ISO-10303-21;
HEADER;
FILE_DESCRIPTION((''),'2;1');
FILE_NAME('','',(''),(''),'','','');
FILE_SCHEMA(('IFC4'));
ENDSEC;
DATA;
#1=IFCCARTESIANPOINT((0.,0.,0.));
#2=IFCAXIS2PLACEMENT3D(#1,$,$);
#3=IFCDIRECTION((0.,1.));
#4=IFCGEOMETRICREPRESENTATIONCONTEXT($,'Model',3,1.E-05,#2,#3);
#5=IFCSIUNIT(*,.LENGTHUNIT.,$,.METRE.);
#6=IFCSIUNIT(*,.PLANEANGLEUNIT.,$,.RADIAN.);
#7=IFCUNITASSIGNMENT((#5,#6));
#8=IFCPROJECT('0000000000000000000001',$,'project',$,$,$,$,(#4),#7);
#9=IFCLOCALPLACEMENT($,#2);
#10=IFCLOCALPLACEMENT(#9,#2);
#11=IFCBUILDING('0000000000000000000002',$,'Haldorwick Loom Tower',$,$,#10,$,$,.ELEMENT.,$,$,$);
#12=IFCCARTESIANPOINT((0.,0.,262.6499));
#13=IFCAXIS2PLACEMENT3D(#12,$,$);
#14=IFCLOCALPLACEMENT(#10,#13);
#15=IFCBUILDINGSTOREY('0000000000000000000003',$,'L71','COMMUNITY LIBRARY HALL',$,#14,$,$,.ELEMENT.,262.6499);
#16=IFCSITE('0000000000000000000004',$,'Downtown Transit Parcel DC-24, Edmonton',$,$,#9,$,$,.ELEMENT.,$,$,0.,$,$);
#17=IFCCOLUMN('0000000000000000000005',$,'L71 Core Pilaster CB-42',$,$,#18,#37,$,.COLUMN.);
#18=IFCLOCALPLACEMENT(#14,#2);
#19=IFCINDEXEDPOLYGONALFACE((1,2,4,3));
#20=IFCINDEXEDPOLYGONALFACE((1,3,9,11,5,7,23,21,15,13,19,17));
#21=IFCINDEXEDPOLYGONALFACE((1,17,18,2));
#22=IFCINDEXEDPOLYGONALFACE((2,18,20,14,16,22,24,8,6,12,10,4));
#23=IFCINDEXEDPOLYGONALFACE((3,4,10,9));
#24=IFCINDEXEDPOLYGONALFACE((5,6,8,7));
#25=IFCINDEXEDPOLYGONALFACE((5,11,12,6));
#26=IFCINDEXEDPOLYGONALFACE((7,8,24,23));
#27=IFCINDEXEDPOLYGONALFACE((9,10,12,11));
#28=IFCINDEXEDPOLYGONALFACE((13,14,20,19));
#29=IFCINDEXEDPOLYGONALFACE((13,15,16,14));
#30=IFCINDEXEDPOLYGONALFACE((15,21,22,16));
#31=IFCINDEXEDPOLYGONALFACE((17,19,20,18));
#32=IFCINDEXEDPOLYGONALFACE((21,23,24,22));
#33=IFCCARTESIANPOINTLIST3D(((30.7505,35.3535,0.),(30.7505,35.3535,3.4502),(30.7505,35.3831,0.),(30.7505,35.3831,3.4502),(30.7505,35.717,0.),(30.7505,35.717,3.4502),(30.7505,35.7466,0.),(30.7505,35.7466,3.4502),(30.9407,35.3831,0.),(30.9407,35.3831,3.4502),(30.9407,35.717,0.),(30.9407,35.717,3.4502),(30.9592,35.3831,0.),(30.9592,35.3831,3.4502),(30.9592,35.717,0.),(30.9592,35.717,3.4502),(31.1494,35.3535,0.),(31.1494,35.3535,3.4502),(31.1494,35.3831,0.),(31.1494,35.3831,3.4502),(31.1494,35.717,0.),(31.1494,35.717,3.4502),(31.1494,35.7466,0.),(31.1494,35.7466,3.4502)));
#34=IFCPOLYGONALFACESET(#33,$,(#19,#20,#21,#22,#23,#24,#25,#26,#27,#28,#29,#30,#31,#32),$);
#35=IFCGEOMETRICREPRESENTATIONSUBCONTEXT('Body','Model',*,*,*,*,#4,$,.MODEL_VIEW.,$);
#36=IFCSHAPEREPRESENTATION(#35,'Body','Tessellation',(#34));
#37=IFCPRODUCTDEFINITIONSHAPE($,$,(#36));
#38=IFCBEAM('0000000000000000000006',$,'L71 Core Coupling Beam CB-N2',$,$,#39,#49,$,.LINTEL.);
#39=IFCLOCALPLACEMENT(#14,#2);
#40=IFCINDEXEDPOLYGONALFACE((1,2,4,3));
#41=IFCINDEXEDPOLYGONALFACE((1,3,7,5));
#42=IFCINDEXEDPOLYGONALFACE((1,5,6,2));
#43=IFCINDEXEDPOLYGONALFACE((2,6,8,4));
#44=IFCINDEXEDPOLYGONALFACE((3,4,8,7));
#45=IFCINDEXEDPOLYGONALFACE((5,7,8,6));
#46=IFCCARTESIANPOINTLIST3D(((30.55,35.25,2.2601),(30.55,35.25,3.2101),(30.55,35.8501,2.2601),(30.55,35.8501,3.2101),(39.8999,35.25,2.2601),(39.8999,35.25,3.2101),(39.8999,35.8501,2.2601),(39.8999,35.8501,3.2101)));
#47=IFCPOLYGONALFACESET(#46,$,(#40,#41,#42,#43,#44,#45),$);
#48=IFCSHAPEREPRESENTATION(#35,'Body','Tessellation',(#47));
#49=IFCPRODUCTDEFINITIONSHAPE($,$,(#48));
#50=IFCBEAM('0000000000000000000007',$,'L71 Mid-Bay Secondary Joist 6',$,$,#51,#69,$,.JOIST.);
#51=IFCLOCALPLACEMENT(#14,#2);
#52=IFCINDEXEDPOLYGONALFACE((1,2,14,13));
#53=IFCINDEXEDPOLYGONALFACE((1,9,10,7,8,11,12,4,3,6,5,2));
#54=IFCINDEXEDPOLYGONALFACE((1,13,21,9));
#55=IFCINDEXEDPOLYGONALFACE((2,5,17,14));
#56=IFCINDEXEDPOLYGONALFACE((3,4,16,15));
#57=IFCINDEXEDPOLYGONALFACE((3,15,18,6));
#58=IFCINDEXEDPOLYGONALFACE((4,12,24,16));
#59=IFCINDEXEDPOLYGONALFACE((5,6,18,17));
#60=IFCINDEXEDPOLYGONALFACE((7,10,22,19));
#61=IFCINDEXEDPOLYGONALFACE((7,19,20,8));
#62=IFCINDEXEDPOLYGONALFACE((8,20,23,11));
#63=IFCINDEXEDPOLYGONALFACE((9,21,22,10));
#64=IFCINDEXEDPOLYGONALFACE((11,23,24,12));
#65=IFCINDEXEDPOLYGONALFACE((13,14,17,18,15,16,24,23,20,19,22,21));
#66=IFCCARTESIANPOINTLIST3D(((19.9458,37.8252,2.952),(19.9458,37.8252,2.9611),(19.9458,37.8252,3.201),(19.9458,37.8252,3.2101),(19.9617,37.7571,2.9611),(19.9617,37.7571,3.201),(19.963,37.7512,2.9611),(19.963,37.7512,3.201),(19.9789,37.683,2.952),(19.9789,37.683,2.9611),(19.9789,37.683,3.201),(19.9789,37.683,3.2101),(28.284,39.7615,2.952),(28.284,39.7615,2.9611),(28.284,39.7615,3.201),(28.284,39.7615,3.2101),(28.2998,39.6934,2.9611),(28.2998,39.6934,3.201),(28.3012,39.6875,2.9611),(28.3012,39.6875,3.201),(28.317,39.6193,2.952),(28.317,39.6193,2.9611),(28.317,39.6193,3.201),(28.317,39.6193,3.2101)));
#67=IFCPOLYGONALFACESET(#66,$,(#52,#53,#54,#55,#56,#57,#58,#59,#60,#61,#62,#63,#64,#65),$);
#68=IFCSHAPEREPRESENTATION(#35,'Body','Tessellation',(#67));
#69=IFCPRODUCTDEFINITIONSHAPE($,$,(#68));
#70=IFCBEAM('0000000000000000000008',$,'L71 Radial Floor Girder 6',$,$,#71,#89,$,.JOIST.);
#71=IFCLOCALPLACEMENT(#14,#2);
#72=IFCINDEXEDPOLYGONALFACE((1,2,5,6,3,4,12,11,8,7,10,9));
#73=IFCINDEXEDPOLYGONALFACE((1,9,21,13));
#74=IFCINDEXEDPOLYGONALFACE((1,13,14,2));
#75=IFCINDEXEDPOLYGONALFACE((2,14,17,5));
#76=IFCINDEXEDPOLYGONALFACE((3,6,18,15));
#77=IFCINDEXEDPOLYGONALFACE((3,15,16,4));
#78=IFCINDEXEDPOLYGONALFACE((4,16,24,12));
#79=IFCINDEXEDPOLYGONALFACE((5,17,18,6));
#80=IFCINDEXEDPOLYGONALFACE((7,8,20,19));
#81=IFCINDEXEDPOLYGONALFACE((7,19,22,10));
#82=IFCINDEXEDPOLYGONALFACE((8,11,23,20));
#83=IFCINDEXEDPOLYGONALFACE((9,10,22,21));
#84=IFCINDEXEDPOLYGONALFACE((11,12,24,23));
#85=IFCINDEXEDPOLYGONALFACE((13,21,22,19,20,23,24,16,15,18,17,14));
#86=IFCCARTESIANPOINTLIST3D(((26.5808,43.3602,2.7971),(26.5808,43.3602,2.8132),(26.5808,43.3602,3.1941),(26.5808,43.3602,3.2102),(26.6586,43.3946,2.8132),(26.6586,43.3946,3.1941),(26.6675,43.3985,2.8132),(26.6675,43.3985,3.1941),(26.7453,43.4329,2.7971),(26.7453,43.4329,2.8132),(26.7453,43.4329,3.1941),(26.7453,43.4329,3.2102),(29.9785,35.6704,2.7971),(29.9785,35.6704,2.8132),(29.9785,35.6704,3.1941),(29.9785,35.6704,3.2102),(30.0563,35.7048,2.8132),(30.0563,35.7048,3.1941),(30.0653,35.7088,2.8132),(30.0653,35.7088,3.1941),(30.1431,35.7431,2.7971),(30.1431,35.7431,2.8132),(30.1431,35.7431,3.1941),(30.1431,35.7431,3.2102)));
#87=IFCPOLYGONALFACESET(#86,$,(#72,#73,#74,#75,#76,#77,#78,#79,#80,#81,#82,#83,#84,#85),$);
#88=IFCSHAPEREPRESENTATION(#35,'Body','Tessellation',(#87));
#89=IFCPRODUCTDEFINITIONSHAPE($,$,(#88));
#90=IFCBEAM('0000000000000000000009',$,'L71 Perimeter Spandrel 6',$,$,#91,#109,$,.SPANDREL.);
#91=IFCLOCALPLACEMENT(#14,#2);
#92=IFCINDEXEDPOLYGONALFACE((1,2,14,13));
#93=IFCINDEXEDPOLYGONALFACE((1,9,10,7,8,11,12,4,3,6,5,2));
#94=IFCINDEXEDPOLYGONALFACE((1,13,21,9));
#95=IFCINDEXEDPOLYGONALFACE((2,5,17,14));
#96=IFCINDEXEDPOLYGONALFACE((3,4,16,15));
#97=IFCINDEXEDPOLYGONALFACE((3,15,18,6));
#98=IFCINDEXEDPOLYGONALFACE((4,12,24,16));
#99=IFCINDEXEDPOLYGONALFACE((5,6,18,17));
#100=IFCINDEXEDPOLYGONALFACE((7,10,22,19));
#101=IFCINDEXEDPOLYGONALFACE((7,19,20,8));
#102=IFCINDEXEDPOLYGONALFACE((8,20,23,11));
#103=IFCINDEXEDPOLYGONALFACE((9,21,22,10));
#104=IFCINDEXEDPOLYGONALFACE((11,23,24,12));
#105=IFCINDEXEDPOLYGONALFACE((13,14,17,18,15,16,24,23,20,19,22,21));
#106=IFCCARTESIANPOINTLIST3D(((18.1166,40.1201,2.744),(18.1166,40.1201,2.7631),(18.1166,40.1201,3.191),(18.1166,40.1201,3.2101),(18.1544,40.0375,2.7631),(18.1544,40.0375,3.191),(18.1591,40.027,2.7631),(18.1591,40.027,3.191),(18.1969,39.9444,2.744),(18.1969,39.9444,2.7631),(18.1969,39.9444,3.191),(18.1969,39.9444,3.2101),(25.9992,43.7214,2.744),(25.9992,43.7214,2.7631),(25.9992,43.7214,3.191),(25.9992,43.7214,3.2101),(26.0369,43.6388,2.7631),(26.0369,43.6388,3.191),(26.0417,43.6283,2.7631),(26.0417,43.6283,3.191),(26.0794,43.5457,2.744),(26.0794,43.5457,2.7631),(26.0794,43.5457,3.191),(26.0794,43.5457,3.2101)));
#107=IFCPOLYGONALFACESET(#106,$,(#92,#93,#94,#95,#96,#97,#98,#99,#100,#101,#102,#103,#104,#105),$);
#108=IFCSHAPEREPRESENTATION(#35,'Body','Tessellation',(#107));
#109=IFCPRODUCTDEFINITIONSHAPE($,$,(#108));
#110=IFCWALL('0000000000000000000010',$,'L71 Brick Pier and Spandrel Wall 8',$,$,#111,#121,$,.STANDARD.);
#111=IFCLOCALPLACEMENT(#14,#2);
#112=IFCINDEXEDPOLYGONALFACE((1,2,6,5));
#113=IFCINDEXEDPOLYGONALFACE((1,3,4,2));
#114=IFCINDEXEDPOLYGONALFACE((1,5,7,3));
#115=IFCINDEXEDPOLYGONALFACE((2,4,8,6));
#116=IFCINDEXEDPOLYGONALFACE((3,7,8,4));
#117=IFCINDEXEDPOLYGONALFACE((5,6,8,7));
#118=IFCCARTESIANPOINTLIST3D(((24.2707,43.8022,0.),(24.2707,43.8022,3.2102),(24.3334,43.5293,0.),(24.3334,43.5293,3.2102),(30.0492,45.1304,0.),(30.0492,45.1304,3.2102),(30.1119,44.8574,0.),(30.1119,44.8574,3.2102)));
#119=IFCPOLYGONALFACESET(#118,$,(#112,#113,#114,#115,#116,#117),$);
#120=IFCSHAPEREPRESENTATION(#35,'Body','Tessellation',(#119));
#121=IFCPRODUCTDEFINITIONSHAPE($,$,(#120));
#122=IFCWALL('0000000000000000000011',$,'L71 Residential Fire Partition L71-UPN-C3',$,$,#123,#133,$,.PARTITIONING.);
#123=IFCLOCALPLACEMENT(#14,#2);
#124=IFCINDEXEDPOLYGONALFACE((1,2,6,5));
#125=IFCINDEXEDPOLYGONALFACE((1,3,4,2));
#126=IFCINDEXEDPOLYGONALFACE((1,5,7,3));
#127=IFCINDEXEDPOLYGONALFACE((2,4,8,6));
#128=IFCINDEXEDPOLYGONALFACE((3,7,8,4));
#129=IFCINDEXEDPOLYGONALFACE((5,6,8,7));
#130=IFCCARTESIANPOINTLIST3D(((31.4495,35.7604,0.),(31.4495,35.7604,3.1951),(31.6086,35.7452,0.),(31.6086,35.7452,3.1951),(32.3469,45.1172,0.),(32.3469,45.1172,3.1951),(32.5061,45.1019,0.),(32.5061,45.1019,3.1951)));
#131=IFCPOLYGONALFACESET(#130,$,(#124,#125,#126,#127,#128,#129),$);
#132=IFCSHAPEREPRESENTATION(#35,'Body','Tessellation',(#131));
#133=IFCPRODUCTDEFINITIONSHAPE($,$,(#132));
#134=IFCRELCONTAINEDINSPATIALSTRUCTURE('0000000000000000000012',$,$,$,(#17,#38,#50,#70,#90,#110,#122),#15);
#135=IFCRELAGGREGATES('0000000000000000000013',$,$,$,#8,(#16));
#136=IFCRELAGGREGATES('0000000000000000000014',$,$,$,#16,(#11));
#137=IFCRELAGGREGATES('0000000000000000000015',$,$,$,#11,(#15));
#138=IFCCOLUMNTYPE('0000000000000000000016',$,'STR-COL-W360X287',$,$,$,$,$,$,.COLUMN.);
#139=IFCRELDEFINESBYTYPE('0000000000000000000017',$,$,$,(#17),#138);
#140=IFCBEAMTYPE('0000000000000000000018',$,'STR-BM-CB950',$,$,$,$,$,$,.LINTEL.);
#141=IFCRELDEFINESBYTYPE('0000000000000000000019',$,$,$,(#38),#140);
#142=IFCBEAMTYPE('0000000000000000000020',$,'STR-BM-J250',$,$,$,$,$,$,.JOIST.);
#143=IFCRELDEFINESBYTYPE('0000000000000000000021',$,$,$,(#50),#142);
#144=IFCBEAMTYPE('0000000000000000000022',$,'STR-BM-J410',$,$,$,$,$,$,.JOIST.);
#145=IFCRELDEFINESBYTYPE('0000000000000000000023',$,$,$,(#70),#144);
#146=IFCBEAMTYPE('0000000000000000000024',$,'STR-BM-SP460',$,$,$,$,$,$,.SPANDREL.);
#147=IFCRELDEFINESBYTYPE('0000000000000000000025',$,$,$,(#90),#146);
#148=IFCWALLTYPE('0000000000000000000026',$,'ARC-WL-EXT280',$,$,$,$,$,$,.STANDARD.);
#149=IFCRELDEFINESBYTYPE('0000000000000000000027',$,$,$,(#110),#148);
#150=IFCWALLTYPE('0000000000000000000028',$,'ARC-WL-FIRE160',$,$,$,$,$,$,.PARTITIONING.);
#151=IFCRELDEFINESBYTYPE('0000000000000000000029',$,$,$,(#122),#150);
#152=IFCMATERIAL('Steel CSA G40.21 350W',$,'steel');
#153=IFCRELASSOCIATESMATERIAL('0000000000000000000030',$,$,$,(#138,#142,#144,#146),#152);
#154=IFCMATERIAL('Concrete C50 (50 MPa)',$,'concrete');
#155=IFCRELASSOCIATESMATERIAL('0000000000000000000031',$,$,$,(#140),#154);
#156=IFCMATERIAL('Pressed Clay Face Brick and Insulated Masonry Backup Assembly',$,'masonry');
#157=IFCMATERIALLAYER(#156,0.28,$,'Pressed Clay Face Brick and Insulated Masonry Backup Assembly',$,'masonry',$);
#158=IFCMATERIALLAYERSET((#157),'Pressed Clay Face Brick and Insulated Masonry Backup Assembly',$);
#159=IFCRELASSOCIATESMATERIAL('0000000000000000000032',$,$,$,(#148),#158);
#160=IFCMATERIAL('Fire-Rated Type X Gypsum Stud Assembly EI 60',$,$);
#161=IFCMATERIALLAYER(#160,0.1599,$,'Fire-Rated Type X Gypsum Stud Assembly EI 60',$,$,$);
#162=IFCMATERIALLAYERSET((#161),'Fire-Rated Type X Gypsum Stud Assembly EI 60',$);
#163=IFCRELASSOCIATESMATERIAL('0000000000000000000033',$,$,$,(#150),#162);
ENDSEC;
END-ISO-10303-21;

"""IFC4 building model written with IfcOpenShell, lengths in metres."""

from ifc_helpers import new_model, si_unit, direction, frame, frame_2d, origin, origin_2d, place, context, subcontext, project, spatial, rectangle, i_section, extrude, material, layer, layer_set, material_profile, profile_set, type_object, element, save


model = new_model("IFC4")

# Units and contexts
model_context = context("Model", 3, precision=1e-05, world=origin(), true_north=direction((0.0, 1.0)))
body_context = subcontext(model_context, "Body", "Model", "MODEL_VIEW")
ifc_project = project(units=[si_unit("LENGTHUNIT", "METRE"), si_unit("PLANEANGLEUNIT", "RADIAN")], contexts=[model_context])

# Site, building, storey
site_placement = place(None, origin())
site = spatial("IfcSite", under=ifc_project, at=site_placement, Name="Downtown Transit Parcel DC-24, Edmonton", CompositionType="ELEMENT", RefElevation=0.0)
building_placement = place(site_placement, origin())
building = spatial("IfcBuilding", under=site, at=building_placement, Name="Haldorwick Loom Tower", CompositionType="ELEMENT")
storey_placement = place(building_placement, frame((0.0, 0.0, 262.6499)))
storey = spatial("IfcBuildingStorey", under=building, at=storey_placement, Name="L71", Description="COMMUNITY LIBRARY HALL", CompositionType="ELEMENT", Elevation=262.6499)

# Column
ifc_material_1 = material(Name="Steel CSA G40.21 350W", Category="steel")
ifc_material_profile_1 = material_profile(ifc_material_1, i_section(OverallWidth=0.3989, OverallDepth=0.3931, WebThickness=0.0186, FlangeThickness=0.0295, at=origin_2d()), Name="W360X287", Category="steel")
ifc_profile_set_1 = profile_set([ifc_material_profile_1], Name="Steel CSA G40.21 350W")
column_type_1 = type_object("IfcColumnType", Name="STR-COL-W360X287", PredefinedType="COLUMN", material=ifc_profile_set_1)
for number, where, z_axis, x_axis, name in (
    (1, (30.95, 35.55, 0.0), (0.0, 0.0, 1.0), (1.0, 0.0, 0.0), "L71 Core Pilaster CB-42"),
):
    element("IfcColumn", number, at=place(storey_placement, frame(where, z_axis=z_axis, x_axis=x_axis)), inside=storey, type_object=column_type_1, Name=name, PredefinedType="COLUMN", context=body_context, shape_type="SweptSolid", body=[
        extrude(i_section(OverallWidth=0.3989, OverallDepth=0.3931, WebThickness=0.0186, FlangeThickness=0.0295, at=origin_2d()), origin(), (0.0, 0.0, 1.0), 3.4502),
    ])

# Beams
ifc_material_2 = material(Name="Concrete C50 (50 MPa)", Category="concrete")
ifc_material_profile_2 = material_profile(ifc_material_2, rectangle(XDim=0.6001, YDim=0.95, at=origin_2d()), Name="RC600X950", Category="concrete")
ifc_profile_set_2 = profile_set([ifc_material_profile_2], Name="Concrete C50 (50 MPa)")
beam_type_1 = type_object("IfcBeamType", Name="STR-BM-CB950", PredefinedType="LINTEL", material=ifc_profile_set_2)
beam_1_placement = place(storey_placement, frame((30.55, 35.55, 2.7351), z_axis=(1.0, 0.0, 0.0), x_axis=(0.0, 1.0, 0.0)))
element("IfcBeam", 2, at=beam_1_placement, inside=storey, type_object=beam_type_1, Name="L71 Core Coupling Beam CB-N2", PredefinedType="LINTEL", context=body_context, shape_type="SweptSolid", body=[
    extrude(rectangle(XDim=0.6001, YDim=0.95, at=origin_2d()), origin(), (0.0, 0.0, 1.0), 9.3499),
])
ifc_material_profile_3 = material_profile(ifc_material_1, i_section(OverallWidth=0.146, OverallDepth=0.2581, WebThickness=0.0061, FlangeThickness=0.009, at=origin_2d()), Name="W250X33", Category="steel")
ifc_profile_set_3 = profile_set([ifc_material_profile_3], Name="Steel CSA G40.21 350W")
beam_type_2 = type_object("IfcBeamType", Name="STR-BM-J250", PredefinedType="JOIST", material=ifc_profile_set_3)
beam_2_placement = place(storey_placement, frame((28.3005, 39.6904, 3.0811), z_axis=(-0.974081, -0.226201, 0.0), x_axis=(0.226201, -0.974081, 0.0)))
element("IfcBeam", 3, at=beam_2_placement, inside=storey, type_object=beam_type_2, Name="L71 Mid-Bay Secondary Joist 6", PredefinedType="JOIST", context=body_context, shape_type="SweptSolid", body=[
    extrude(i_section(OverallWidth=0.146, OverallDepth=0.2581, WebThickness=0.0061, FlangeThickness=0.009, at=origin_2d()), origin(), (0.0, 0.0, 1.0), 8.5601),
])
ifc_material_profile_4 = material_profile(ifc_material_1, i_section(OverallWidth=0.1799, OverallDepth=0.4131, WebThickness=0.0098, FlangeThickness=0.0161, at=origin_2d()), Name="W410X74", Category="steel")
ifc_profile_set_4 = profile_set([ifc_material_profile_4], Name="Steel CSA G40.21 350W")
beam_type_3 = type_object("IfcBeamType", Name="STR-BM-J410", PredefinedType="JOIST", material=ifc_profile_set_4)
beam_3_placement = place(storey_placement, frame((30.0608, 35.7068, 3.0037), z_axis=(-0.404157, 0.91469, 0.0), x_axis=(-0.91469, -0.404157, 0.0)))
element("IfcBeam", 4, at=beam_3_placement, inside=storey, type_object=beam_type_3, Name="L71 Radial Floor Girder 6", PredefinedType="JOIST", context=body_context, shape_type="SweptSolid", body=[
    extrude(i_section(OverallWidth=0.1799, OverallDepth=0.4131, WebThickness=0.0098, FlangeThickness=0.0161, at=origin_2d()), origin(), (0.0, 0.0, 1.0), 8.407),
])
ifc_material_profile_5 = material_profile(ifc_material_1, i_section(OverallWidth=0.1931, OverallDepth=0.4661, WebThickness=0.0115, FlangeThickness=0.019, at=origin_2d()), Name="W460X97", Category="steel")
ifc_profile_set_5 = profile_set([ifc_material_profile_5], Name="Steel CSA G40.21 350W")
beam_type_4 = type_object("IfcBeamType", Name="STR-BM-SP460", PredefinedType="SPANDREL", material=ifc_profile_set_5)
beam_4_placement = place(storey_placement, frame((26.0393, 43.6335, 2.9771), z_axis=(-0.909568, -0.415555, 0.0), x_axis=(0.415555, -0.909568, 0.0)))
element("IfcBeam", 5, at=beam_4_placement, inside=storey, type_object=beam_type_4, Name="L71 Perimeter Spandrel 6", PredefinedType="SPANDREL", context=body_context, shape_type="SweptSolid", body=[
    extrude(i_section(OverallWidth=0.1931, OverallDepth=0.4661, WebThickness=0.0115, FlangeThickness=0.019, at=origin_2d()), origin(), (0.0, 0.0, 1.0), 8.6663),
])

# Walls
ifc_material_3 = material(Name="Pressed Clay Face Brick and Insulated Masonry Backup Assembly", Category="masonry")
ifc_layer_1 = layer(ifc_material_3, 0.28, Name="Pressed Clay Face Brick and Insulated Masonry Backup Assembly", Category="masonry")
ifc_layer_set_1 = layer_set([ifc_layer_1], Name="Pressed Clay Face Brick and Insulated Masonry Backup Assembly")
wall_type_1 = type_object("IfcWallType", Name="ARC-WL-EXT280", PredefinedType="STANDARD", material=ifc_layer_set_1)
wall_1_placement = place(storey_placement, frame((30.0806, 44.9939, 0.0), z_axis=(0.0, 0.0, 1.0), x_axis=(-0.97459, -0.223996, 0.0)))
element("IfcWall", 6, at=wall_1_placement, inside=storey, type_object=wall_type_1, Name="L71 Brick Pier and Spandrel Wall 8", PredefinedType="STANDARD", context=body_context, shape_type="SweptSolid", body=[
    extrude(rectangle(XDim=5.9292, YDim=0.28, at=frame_2d((2.9646, 0.0))), origin(), (0.0, 0.0, 1.0), 3.2102),
])
ifc_material_4 = material(Name="Fire-Rated Type X Gypsum Stud Assembly EI 60")
ifc_layer_2 = layer(ifc_material_4, 0.1599, Name="Fire-Rated Type X Gypsum Stud Assembly EI 60")
ifc_layer_set_2 = layer_set([ifc_layer_2], Name="Fire-Rated Type X Gypsum Stud Assembly EI 60")
wall_type_2 = type_object("IfcWallType", Name="ARC-WL-FIRE160", PredefinedType="PARTITIONING", material=ifc_layer_set_2)
wall_2_placement = place(storey_placement, frame((31.5291, 35.7529, 0.0), z_axis=(0.0, 0.0, 1.0), x_axis=(0.095478, 0.995432, 0.0)))
element("IfcWall", 7, at=wall_2_placement, inside=storey, type_object=wall_type_2, Name="L71 Residential Fire Partition L71-UPN-C3", PredefinedType="PARTITIONING", context=body_context, shape_type="SweptSolid", body=[
    extrude(rectangle(XDim=9.3997, YDim=0.1599, at=frame_2d((4.6997, 0.0))), origin(), (0.0, 0.0, 1.0), 3.1951),
])

save(model, "model.ifc")
